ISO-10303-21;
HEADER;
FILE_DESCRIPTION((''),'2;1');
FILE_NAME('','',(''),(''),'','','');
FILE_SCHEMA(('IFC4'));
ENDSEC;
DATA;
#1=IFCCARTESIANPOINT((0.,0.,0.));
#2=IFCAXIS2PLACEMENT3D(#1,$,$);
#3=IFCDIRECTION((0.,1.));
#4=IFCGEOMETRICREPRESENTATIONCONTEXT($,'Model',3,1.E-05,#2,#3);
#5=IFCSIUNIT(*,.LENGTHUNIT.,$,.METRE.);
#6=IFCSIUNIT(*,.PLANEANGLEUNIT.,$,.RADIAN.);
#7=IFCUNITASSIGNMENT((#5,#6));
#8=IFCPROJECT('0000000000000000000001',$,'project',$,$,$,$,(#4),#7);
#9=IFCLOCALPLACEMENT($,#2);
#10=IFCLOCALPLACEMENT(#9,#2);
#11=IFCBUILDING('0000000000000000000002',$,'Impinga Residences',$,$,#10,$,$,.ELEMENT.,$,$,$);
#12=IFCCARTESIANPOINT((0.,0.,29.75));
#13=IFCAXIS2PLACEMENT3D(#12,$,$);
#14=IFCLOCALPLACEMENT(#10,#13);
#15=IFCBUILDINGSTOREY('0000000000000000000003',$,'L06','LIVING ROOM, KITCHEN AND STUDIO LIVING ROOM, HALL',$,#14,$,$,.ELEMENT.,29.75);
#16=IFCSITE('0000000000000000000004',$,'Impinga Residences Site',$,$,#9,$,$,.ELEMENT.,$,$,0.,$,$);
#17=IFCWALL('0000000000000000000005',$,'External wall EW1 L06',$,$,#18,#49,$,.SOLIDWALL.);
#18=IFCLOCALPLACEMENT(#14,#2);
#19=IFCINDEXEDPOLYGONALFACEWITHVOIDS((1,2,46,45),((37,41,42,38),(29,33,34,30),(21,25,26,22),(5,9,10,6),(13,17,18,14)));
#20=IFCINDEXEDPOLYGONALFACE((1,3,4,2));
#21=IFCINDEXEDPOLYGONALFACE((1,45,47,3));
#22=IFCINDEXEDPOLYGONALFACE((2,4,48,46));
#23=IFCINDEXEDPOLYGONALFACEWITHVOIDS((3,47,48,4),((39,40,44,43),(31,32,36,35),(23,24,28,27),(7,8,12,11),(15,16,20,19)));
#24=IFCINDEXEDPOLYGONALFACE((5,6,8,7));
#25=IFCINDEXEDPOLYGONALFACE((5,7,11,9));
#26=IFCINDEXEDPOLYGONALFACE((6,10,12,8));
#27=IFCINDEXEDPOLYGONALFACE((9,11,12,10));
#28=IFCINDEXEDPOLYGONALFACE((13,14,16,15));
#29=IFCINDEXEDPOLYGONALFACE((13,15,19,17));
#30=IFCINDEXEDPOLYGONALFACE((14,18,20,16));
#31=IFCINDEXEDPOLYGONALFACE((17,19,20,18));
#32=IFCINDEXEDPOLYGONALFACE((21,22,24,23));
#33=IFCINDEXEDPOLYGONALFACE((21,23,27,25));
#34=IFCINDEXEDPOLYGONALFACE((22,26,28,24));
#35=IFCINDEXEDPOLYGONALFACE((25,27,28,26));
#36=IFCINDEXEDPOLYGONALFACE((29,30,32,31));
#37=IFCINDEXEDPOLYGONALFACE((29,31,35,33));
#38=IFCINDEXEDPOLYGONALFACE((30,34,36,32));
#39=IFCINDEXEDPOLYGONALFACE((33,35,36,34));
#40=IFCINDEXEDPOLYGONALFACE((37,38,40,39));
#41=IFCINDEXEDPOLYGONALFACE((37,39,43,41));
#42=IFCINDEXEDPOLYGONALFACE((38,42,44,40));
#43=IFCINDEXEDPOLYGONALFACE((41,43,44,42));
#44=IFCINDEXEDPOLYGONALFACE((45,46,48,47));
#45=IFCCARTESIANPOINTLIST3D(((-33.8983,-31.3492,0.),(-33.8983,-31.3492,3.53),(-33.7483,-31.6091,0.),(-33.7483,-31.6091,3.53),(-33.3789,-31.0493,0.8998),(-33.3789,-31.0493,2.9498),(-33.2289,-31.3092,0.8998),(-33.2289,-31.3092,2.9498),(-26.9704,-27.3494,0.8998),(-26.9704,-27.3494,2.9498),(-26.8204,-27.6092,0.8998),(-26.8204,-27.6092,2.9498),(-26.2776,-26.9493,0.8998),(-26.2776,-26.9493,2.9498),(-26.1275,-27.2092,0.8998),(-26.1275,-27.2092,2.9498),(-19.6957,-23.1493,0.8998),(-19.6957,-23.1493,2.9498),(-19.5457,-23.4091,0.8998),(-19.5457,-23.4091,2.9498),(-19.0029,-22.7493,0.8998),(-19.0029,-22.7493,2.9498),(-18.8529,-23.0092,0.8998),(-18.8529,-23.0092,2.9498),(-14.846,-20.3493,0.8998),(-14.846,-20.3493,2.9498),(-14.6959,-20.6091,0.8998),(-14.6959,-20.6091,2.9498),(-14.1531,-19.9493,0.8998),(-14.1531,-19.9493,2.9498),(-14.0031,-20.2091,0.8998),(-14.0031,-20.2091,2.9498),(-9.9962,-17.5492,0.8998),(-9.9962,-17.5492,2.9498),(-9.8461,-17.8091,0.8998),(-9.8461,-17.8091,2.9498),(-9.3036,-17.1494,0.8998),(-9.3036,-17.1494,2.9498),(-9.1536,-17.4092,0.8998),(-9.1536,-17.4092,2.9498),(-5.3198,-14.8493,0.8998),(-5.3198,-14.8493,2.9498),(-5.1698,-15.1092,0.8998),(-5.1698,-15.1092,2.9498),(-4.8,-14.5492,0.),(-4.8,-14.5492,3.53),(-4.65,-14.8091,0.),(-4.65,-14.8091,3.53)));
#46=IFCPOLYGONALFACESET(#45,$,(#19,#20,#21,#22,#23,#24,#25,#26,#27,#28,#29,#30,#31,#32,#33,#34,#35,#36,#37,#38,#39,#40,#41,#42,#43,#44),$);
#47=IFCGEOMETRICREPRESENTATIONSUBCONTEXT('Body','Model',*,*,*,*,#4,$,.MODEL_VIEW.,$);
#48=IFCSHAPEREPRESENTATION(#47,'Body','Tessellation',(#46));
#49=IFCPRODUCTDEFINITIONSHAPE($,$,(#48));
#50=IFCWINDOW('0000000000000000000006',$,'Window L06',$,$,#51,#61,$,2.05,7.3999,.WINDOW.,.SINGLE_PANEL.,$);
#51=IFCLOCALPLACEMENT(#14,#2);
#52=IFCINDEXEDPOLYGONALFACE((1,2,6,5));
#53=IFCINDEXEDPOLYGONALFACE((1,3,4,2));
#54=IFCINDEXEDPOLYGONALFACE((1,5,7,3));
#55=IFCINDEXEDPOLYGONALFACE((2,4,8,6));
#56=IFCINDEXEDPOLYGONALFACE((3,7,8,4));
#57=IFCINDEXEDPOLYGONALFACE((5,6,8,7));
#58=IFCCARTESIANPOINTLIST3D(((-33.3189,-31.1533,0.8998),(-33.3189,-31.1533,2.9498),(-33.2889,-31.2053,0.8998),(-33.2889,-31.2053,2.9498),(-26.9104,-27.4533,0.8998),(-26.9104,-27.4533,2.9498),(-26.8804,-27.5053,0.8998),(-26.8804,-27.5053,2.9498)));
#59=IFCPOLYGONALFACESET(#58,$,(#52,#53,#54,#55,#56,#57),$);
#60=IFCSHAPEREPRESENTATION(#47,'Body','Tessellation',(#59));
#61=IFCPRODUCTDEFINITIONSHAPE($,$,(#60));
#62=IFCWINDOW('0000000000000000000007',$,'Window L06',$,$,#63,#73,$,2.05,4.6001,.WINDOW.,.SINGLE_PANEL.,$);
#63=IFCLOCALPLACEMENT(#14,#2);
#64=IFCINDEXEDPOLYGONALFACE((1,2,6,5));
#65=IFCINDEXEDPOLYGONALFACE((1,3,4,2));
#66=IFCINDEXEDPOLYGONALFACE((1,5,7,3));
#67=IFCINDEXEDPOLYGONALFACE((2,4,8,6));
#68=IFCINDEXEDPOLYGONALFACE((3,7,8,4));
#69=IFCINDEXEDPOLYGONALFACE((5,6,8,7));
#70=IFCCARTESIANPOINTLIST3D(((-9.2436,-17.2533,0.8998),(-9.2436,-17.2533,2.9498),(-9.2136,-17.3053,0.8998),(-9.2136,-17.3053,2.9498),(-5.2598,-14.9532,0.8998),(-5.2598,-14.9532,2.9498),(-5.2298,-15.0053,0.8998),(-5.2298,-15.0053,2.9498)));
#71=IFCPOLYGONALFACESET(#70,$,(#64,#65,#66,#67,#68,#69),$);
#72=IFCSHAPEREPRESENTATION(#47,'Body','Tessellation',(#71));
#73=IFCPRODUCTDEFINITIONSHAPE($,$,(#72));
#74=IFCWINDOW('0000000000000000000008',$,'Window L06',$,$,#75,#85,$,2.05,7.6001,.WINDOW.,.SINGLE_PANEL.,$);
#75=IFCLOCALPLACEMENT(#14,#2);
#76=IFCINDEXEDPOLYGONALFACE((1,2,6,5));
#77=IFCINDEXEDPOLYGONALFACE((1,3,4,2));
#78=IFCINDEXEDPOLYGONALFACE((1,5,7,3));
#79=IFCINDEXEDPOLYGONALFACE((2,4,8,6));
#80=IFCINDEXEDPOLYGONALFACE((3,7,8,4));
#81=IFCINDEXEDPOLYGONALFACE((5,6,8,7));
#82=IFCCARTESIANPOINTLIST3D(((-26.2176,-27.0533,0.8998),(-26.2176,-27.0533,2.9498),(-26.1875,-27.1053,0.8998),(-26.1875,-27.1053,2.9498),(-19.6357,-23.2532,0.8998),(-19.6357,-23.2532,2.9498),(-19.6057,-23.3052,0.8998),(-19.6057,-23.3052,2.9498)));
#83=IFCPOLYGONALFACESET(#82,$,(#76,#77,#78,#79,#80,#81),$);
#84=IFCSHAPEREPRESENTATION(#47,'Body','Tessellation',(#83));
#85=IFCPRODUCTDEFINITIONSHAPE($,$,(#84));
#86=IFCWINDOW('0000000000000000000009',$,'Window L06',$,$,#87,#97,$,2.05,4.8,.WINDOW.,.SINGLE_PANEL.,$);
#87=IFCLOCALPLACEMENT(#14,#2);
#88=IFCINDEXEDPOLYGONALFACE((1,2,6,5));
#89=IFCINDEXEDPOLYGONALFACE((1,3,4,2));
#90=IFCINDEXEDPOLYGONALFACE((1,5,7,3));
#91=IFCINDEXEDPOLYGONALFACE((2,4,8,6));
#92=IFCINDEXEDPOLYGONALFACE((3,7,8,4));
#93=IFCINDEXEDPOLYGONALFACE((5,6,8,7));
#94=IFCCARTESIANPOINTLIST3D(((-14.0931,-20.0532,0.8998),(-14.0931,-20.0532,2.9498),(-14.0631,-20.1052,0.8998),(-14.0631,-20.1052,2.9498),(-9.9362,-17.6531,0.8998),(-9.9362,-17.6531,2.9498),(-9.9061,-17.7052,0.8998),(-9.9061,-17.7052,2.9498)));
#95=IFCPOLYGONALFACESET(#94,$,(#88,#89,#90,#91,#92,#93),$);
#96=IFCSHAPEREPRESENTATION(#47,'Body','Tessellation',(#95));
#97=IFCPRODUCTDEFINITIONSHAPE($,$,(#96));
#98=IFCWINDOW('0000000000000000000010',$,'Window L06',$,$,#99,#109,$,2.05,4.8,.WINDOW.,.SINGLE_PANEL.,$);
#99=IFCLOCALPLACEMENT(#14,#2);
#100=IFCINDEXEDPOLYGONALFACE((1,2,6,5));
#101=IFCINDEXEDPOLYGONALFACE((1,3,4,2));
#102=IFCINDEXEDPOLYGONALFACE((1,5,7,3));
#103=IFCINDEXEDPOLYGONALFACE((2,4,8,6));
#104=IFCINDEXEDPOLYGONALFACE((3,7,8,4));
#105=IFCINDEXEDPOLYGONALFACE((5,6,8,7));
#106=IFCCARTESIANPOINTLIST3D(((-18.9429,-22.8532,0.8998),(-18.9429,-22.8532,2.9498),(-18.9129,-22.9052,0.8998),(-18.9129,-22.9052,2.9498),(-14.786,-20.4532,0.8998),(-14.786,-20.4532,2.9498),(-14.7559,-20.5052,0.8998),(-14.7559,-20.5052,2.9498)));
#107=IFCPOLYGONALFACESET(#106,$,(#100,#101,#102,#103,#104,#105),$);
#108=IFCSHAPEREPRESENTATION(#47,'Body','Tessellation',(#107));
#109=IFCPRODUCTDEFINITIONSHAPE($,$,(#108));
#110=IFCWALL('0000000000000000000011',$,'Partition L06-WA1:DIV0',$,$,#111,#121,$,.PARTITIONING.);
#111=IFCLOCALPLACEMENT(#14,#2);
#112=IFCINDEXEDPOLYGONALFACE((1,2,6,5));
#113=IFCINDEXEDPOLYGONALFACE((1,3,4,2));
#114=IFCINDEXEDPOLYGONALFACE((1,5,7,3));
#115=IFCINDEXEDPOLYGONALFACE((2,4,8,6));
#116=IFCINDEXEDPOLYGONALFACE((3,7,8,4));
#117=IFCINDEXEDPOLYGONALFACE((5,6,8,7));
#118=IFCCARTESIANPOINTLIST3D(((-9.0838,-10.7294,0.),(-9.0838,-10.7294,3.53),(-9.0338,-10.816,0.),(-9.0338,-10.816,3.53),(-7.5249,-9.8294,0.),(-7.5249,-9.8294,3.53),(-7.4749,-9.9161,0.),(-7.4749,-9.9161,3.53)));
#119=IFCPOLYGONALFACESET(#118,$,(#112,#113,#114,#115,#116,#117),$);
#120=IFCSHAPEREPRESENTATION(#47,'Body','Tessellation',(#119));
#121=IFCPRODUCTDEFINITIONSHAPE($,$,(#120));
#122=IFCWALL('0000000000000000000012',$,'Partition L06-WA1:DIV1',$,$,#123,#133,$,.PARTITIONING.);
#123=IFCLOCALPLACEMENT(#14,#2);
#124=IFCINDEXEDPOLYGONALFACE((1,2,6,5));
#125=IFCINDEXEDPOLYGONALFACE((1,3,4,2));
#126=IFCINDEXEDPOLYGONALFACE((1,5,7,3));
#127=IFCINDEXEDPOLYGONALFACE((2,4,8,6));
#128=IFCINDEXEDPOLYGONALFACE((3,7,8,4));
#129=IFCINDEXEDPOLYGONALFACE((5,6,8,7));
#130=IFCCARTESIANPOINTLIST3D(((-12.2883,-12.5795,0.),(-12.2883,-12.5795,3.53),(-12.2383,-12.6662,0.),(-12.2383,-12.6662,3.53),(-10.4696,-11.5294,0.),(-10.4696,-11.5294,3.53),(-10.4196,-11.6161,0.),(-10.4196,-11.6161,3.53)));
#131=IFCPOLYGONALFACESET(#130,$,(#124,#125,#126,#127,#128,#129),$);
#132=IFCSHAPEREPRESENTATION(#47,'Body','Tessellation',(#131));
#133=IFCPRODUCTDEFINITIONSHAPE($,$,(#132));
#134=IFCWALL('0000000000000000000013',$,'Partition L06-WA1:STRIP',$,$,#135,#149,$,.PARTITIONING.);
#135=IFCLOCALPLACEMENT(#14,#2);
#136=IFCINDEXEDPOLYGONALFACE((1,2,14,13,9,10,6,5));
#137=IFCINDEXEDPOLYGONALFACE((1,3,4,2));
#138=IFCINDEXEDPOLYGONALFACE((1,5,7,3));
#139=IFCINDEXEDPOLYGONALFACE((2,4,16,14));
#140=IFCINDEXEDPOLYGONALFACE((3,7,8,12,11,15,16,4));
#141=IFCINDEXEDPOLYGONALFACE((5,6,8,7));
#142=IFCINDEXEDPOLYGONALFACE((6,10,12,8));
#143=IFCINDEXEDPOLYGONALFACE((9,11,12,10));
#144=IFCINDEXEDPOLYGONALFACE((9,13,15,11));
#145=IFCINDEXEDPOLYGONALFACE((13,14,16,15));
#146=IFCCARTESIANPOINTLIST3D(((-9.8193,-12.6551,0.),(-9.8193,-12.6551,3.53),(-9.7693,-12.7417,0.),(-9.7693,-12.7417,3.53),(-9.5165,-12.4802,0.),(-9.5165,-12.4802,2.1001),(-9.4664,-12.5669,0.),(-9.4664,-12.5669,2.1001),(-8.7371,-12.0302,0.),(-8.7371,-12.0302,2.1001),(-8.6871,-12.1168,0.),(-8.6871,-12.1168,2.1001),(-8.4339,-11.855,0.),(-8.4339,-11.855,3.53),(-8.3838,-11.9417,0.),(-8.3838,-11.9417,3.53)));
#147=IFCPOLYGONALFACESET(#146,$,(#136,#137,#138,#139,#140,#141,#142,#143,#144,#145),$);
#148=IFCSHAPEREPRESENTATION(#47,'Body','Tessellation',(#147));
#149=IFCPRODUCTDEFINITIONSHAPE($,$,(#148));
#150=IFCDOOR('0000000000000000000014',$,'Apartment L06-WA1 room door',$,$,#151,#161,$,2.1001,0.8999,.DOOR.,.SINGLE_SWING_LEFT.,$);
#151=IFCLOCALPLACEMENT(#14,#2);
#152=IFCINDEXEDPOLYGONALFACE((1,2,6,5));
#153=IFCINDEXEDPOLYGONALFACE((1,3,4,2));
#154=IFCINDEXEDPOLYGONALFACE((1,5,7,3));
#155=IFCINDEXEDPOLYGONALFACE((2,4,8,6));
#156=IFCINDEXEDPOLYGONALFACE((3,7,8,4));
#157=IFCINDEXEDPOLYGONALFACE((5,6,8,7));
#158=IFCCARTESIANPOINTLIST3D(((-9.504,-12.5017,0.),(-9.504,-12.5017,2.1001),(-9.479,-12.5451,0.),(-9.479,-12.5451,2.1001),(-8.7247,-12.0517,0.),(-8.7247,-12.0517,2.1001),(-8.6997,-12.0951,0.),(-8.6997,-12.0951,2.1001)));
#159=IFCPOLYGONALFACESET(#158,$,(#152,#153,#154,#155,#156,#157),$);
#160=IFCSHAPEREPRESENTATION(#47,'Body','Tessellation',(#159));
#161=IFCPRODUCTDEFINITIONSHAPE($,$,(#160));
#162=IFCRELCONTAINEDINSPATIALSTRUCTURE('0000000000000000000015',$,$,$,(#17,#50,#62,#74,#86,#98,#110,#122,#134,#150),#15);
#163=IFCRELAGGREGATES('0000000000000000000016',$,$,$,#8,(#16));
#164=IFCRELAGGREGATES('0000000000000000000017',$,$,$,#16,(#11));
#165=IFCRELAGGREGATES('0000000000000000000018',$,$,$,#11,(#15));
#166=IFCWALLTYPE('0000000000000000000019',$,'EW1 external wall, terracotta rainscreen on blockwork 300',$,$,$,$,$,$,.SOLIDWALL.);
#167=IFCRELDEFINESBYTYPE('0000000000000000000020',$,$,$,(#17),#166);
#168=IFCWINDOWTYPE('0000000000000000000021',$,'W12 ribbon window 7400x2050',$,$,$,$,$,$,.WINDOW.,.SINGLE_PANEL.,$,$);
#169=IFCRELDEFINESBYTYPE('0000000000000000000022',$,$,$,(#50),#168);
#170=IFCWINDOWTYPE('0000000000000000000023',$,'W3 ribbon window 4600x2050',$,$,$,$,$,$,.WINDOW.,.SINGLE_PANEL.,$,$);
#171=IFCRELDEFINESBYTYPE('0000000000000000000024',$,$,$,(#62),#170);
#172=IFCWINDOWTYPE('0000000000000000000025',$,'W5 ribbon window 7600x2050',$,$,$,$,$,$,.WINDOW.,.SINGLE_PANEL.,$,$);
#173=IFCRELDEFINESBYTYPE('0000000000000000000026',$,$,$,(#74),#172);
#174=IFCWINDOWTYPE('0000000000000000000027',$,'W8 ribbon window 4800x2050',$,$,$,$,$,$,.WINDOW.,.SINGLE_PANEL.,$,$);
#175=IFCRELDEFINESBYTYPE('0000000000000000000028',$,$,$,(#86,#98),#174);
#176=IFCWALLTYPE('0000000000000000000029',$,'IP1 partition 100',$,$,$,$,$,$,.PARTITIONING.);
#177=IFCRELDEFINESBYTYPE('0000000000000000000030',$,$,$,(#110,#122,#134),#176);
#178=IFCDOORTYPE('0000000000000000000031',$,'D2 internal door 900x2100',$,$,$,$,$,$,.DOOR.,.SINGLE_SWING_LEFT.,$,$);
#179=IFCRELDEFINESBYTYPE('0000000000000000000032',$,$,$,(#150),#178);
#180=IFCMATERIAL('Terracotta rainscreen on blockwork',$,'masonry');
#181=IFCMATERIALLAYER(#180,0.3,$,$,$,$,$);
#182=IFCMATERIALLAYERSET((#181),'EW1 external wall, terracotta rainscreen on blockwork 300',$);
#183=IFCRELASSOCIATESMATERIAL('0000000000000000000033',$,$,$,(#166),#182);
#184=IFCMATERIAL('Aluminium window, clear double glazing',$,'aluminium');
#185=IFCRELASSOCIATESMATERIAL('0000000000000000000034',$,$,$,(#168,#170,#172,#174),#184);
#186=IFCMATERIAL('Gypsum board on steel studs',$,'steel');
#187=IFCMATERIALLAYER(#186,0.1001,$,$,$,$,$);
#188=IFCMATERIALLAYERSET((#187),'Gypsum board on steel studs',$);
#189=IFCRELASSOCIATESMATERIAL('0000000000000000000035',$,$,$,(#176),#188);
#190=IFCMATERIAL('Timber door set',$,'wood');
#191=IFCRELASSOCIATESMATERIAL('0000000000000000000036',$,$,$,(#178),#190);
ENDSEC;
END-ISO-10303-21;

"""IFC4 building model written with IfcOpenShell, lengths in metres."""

from ifc_helpers import new_model, si_unit, direction, frame, frame_2d, origin, place, context, subcontext, project, spatial, rectangle, extrude, material, layer, layer_set, type_object, element, fill, save


model = new_model("IFC4")

# Units and contexts
model_context = context("Model", 3, precision=1e-05, world=origin(), true_north=direction((0.0, 1.0)))
body_context = subcontext(model_context, "Body", "Model", "MODEL_VIEW")
ifc_project = project(units=[si_unit("LENGTHUNIT", "METRE"), si_unit("PLANEANGLEUNIT", "RADIAN")], contexts=[model_context])

# Site, building, storey
site_placement = place(None, origin())
site = spatial("IfcSite", under=ifc_project, at=site_placement, Name="Impinga Residences Site", CompositionType="ELEMENT", RefElevation=0.0)
building_placement = place(site_placement, origin())
building = spatial("IfcBuilding", under=site, at=building_placement, Name="Impinga Residences", CompositionType="ELEMENT")
storey_placement = place(building_placement, frame((0.0, 0.0, 29.75)))
storey = spatial("IfcBuildingStorey", under=building, at=storey_placement, Name="L06", Description="LIVING ROOM, KITCHEN AND STUDIO LIVING ROOM, HALL", CompositionType="ELEMENT", Elevation=29.75)

# Shared definitions
ifc_material_1 = material(Name="Timber door set", Category="wood")

# Shared definitions
ifc_material_2 = material(Name="Terracotta rainscreen on blockwork", Category="masonry")
ifc_layer_1 = layer(ifc_material_2, 0.3)
ifc_layer_set_1 = layer_set([ifc_layer_1], Name="EW1 external wall, terracotta rainscreen on blockwork 300")
wall_type_1 = type_object("IfcWallType", Name="EW1 external wall, terracotta rainscreen on blockwork 300", PredefinedType="SOLIDWALL", material=ifc_layer_set_1)

# Wall, openings, windows
wall_1_placement = place(storey_placement, frame((-4.7251, -14.6792, 0.0), z_axis=(0.0, 0.0, 1.0), x_axis=(-0.866024, -0.500002, 0.0)))
wall_1 = element("IfcWall", 1, at=wall_1_placement, inside=storey, type_object=wall_type_1, Name="External wall EW1 L06", PredefinedType="SOLIDWALL", context=body_context, shape_type="SweptSolid", body=[
    extrude(rectangle(XDim=33.5999, YDim=0.3, at=frame_2d((16.7998, 0.0))), origin(), (0.0, 0.0, 1.0), 3.53),
])
opening_1_placement = place(wall_1_placement, frame((0.6001, 0.0, 0.8999)))
opening_1 = element("IfcOpeningElement", 2, at=opening_1_placement, cuts=wall_1, PredefinedType="OPENING", context=body_context, shape_type="SweptSolid", body=[
    extrude(rectangle(XDim=4.6001, YDim=2.05, at=frame_2d((2.3, 1.0249))), frame((0.0, 0.1599, 0.0), z_axis=(0.0, -1.0, 0.0), x_axis=(1.0, 0.0, 0.0)), (0.0, 0.0, 1.0), 0.3201),
])
opening_2_placement = place(wall_1_placement, frame((6.0, 0.0, 0.8999)))
opening_2 = element("IfcOpeningElement", 3, at=opening_2_placement, cuts=wall_1, PredefinedType="OPENING", context=body_context, shape_type="SweptSolid", body=[
    extrude(rectangle(XDim=4.8, YDim=2.05, at=frame_2d((2.3999, 1.0249))), frame((0.0, 0.1599, 0.0), z_axis=(0.0, -1.0, 0.0), x_axis=(1.0, 0.0, 0.0)), (0.0, 0.0, 1.0), 0.3201),
])
opening_3_placement = place(wall_1_placement, frame((11.6001, 0.0, 0.8999)))
opening_3 = element("IfcOpeningElement", 4, at=opening_3_placement, cuts=wall_1, PredefinedType="OPENING", context=body_context, shape_type="SweptSolid", body=[
    extrude(rectangle(XDim=4.8, YDim=2.05, at=frame_2d((2.3999, 1.0249))), frame((0.0, 0.1599, 0.0), z_axis=(0.0, -1.0, 0.0), x_axis=(1.0, 0.0, 0.0)), (0.0, 0.0, 1.0), 0.3201),
])
opening_4_placement = place(wall_1_placement, frame((17.2, 0.0, 0.8999)))
opening_4 = element("IfcOpeningElement", 5, at=opening_4_placement, cuts=wall_1, PredefinedType="OPENING", context=body_context, shape_type="SweptSolid", body=[
    extrude(rectangle(XDim=7.6001, YDim=2.05, at=frame_2d((3.8, 1.0249))), frame((0.0, 0.1599, 0.0), z_axis=(0.0, -1.0, 0.0), x_axis=(1.0, 0.0, 0.0)), (0.0, 0.0, 1.0), 0.3201),
])
opening_5_placement = place(wall_1_placement, frame((25.6001, 0.0, 0.8999)))
opening_5 = element("IfcOpeningElement", 6, at=opening_5_placement, cuts=wall_1, PredefinedType="OPENING", context=body_context, shape_type="SweptSolid", body=[
    extrude(rectangle(XDim=7.3999, YDim=2.05, at=frame_2d((3.7, 1.0249))), frame((0.0, 0.1599, 0.0), z_axis=(0.0, -1.0, 0.0), x_axis=(1.0, 0.0, 0.0)), (0.0, 0.0, 1.0), 0.3201),
])
ifc_material_3 = material(Name="Aluminium window, clear double glazing", Category="aluminium")
window_type_1 = type_object("IfcWindowType", Name="W12 ribbon window 7400x2050", PartitioningType="SINGLE_PANEL", PredefinedType="WINDOW", material=ifc_material_3)
window_1_placement = place(opening_5_placement, origin())
window_1 = element("IfcWindow", 7, at=window_1_placement, inside=storey, type_object=window_type_1, Name="Window L06", OverallHeight=2.05, OverallWidth=7.3999, PartitioningType="SINGLE_PANEL", PredefinedType="WINDOW", context=body_context, shape_type="SweptSolid", body=[
    extrude(rectangle(XDim=7.3999, YDim=2.05, at=frame_2d((3.7, 1.0249))), frame((0.0, 0.03, 0.0), z_axis=(0.0, -1.0, 0.0), x_axis=(1.0, 0.0, 0.0)), (0.0, 0.0, 1.0), 0.0601),
])
fill(opening_5, window_1)
window_type_2 = type_object("IfcWindowType", Name="W3 ribbon window 4600x2050", PartitioningType="SINGLE_PANEL", PredefinedType="WINDOW", material=ifc_material_3)
window_2_placement = place(opening_1_placement, origin())
window_2 = element("IfcWindow", 8, at=window_2_placement, inside=storey, type_object=window_type_2, Name="Window L06", OverallHeight=2.05, OverallWidth=4.6001, PartitioningType="SINGLE_PANEL", PredefinedType="WINDOW", context=body_context, shape_type="SweptSolid", body=[
    extrude(rectangle(XDim=4.6001, YDim=2.05, at=frame_2d((2.3, 1.0249))), frame((0.0, 0.03, 0.0), z_axis=(0.0, -1.0, 0.0), x_axis=(1.0, 0.0, 0.0)), (0.0, 0.0, 1.0), 0.0601),
])
fill(opening_1, window_2)
window_type_3 = type_object("IfcWindowType", Name="W5 ribbon window 7600x2050", PartitioningType="SINGLE_PANEL", PredefinedType="WINDOW", material=ifc_material_3)
window_3_placement = place(opening_4_placement, origin())
window_3 = element("IfcWindow", 9, at=window_3_placement, inside=storey, type_object=window_type_3, Name="Window L06", OverallHeight=2.05, OverallWidth=7.6001, PartitioningType="SINGLE_PANEL", PredefinedType="WINDOW", context=body_context, shape_type="SweptSolid", body=[
    extrude(rectangle(XDim=7.6001, YDim=2.05, at=frame_2d((3.8, 1.0249))), frame((0.0, 0.03, 0.0), z_axis=(0.0, -1.0, 0.0), x_axis=(1.0, 0.0, 0.0)), (0.0, 0.0, 1.0), 0.0601),
])
fill(opening_4, window_3)
window_type_4 = type_object("IfcWindowType", Name="W8 ribbon window 4800x2050", PartitioningType="SINGLE_PANEL", PredefinedType="WINDOW", material=ifc_material_3)
window_4_placement = place(opening_2_placement, origin())
window_4 = element("IfcWindow", 10, at=window_4_placement, inside=storey, type_object=window_type_4, Name="Window L06", OverallHeight=2.05, OverallWidth=4.8, PartitioningType="SINGLE_PANEL", PredefinedType="WINDOW", context=body_context, shape_type="SweptSolid", body=[
    extrude(rectangle(XDim=4.8, YDim=2.05, at=frame_2d((2.3999, 1.0249))), frame((0.0, 0.03, 0.0), z_axis=(0.0, -1.0, 0.0), x_axis=(1.0, 0.0, 0.0)), (0.0, 0.0, 1.0), 0.0601),
])
fill(opening_2, window_4)
window_5_placement = place(opening_3_placement, origin())
window_5 = element("IfcWindow", 11, at=window_5_placement, inside=storey, type_object=window_type_4, Name="Window L06", OverallHeight=2.05, OverallWidth=4.8, PartitioningType="SINGLE_PANEL", PredefinedType="WINDOW", context=body_context, shape_type="SweptSolid", body=[
    extrude(rectangle(XDim=4.8, YDim=2.05, at=frame_2d((2.3999, 1.0249))), frame((0.0, 0.03, 0.0), z_axis=(0.0, -1.0, 0.0), x_axis=(1.0, 0.0, 0.0)), (0.0, 0.0, 1.0), 0.0601),
])
fill(opening_3, window_5)

# Walls
ifc_material_4 = material(Name="Gypsum board on steel studs", Category="steel")
ifc_layer_2 = layer(ifc_material_4, 0.1001)
ifc_layer_set_2 = layer_set([ifc_layer_2], Name="Gypsum board on steel studs")
wall_type_2 = type_object("IfcWallType", Name="IP1 partition 100", PredefinedType="PARTITIONING", material=ifc_layer_set_2)
wall_2_placement = place(storey_placement, frame((-7.5, -9.8728, 0.0), z_axis=(0.0, 0.0, 1.0), x_axis=(-0.866048, -0.499961, 0.0)))
element("IfcWall", 12, at=wall_2_placement, inside=storey, type_object=wall_type_2, Name="Partition L06-WA1:DIV0", PredefinedType="PARTITIONING", context=body_context, shape_type="SweptSolid", body=[
    extrude(rectangle(XDim=1.8, YDim=0.1001, at=frame_2d((0.8999, 0.0))), origin(), (0.0, 0.0, 1.0), 3.53),
])
wall_3_placement = place(storey_placement, frame((-10.4446, -11.5728, 0.0), z_axis=(0.0, 0.0, 1.0), x_axis=(-0.866009, -0.500028, 0.0)))
element("IfcWall", 13, at=wall_3_placement, inside=storey, type_object=wall_type_2, Name="Partition L06-WA1:DIV1", PredefinedType="PARTITIONING", context=body_context, shape_type="SweptSolid", body=[
    extrude(rectangle(XDim=2.1001, YDim=0.1001, at=frame_2d((1.05, 0.0))), origin(), (0.0, 0.0, 1.0), 3.53),
])

# Wall, opening, door
wall_4_placement = place(storey_placement, frame((-8.4089, -11.8984, 0.0), z_axis=(0.0, 0.0, 1.0), x_axis=(-0.86599, -0.500061, 0.0)))
wall_4 = element("IfcWall", 14, at=wall_4_placement, inside=storey, type_object=wall_type_2, Name="Partition L06-WA1:STRIP", PredefinedType="PARTITIONING", context=body_context, shape_type="SweptSolid", body=[
    extrude(rectangle(XDim=1.5999, YDim=0.1001, at=frame_2d((0.7998, 0.0))), origin(), (0.0, 0.0, 1.0), 3.53),
])
opening_6_placement = place(wall_4_placement, frame((0.3501, 0.0, 0.0)))
opening_6 = element("IfcOpeningElement", 15, at=opening_6_placement, cuts=wall_4, PredefinedType="OPENING", context=body_context, shape_type="SweptSolid", body=[
    extrude(rectangle(XDim=0.8999, YDim=2.1001, at=frame_2d((0.45, 1.05))), frame((0.0, 0.0601, 0.0), z_axis=(0.0, -1.0, 0.0), x_axis=(1.0, 0.0, 0.0)), (0.0, 0.0, 1.0), 0.1201),
])
door_type_1 = type_object("IfcDoorType", Name="D2 internal door 900x2100", OperationType="SINGLE_SWING_LEFT", PredefinedType="DOOR", material=ifc_material_1)
door_1_placement = place(opening_6_placement, origin())
door_1 = element("IfcDoor", 16, at=door_1_placement, inside=storey, type_object=door_type_1, Name="Apartment L06-WA1 room door", OperationType="SINGLE_SWING_LEFT", OverallHeight=2.1001, OverallWidth=0.8999, PredefinedType="DOOR", context=body_context, shape_type="SweptSolid", body=[
    extrude(rectangle(XDim=0.8999, YDim=2.1001, at=frame_2d((0.45, 1.05))), frame((0.0, 0.0249, 0.0), z_axis=(0.0, -1.0, 0.0), x_axis=(1.0, 0.0, 0.0)), (0.0, 0.0, 1.0), 0.05),
])
fill(opening_6, door_1)

save(model, "model.ifc")
